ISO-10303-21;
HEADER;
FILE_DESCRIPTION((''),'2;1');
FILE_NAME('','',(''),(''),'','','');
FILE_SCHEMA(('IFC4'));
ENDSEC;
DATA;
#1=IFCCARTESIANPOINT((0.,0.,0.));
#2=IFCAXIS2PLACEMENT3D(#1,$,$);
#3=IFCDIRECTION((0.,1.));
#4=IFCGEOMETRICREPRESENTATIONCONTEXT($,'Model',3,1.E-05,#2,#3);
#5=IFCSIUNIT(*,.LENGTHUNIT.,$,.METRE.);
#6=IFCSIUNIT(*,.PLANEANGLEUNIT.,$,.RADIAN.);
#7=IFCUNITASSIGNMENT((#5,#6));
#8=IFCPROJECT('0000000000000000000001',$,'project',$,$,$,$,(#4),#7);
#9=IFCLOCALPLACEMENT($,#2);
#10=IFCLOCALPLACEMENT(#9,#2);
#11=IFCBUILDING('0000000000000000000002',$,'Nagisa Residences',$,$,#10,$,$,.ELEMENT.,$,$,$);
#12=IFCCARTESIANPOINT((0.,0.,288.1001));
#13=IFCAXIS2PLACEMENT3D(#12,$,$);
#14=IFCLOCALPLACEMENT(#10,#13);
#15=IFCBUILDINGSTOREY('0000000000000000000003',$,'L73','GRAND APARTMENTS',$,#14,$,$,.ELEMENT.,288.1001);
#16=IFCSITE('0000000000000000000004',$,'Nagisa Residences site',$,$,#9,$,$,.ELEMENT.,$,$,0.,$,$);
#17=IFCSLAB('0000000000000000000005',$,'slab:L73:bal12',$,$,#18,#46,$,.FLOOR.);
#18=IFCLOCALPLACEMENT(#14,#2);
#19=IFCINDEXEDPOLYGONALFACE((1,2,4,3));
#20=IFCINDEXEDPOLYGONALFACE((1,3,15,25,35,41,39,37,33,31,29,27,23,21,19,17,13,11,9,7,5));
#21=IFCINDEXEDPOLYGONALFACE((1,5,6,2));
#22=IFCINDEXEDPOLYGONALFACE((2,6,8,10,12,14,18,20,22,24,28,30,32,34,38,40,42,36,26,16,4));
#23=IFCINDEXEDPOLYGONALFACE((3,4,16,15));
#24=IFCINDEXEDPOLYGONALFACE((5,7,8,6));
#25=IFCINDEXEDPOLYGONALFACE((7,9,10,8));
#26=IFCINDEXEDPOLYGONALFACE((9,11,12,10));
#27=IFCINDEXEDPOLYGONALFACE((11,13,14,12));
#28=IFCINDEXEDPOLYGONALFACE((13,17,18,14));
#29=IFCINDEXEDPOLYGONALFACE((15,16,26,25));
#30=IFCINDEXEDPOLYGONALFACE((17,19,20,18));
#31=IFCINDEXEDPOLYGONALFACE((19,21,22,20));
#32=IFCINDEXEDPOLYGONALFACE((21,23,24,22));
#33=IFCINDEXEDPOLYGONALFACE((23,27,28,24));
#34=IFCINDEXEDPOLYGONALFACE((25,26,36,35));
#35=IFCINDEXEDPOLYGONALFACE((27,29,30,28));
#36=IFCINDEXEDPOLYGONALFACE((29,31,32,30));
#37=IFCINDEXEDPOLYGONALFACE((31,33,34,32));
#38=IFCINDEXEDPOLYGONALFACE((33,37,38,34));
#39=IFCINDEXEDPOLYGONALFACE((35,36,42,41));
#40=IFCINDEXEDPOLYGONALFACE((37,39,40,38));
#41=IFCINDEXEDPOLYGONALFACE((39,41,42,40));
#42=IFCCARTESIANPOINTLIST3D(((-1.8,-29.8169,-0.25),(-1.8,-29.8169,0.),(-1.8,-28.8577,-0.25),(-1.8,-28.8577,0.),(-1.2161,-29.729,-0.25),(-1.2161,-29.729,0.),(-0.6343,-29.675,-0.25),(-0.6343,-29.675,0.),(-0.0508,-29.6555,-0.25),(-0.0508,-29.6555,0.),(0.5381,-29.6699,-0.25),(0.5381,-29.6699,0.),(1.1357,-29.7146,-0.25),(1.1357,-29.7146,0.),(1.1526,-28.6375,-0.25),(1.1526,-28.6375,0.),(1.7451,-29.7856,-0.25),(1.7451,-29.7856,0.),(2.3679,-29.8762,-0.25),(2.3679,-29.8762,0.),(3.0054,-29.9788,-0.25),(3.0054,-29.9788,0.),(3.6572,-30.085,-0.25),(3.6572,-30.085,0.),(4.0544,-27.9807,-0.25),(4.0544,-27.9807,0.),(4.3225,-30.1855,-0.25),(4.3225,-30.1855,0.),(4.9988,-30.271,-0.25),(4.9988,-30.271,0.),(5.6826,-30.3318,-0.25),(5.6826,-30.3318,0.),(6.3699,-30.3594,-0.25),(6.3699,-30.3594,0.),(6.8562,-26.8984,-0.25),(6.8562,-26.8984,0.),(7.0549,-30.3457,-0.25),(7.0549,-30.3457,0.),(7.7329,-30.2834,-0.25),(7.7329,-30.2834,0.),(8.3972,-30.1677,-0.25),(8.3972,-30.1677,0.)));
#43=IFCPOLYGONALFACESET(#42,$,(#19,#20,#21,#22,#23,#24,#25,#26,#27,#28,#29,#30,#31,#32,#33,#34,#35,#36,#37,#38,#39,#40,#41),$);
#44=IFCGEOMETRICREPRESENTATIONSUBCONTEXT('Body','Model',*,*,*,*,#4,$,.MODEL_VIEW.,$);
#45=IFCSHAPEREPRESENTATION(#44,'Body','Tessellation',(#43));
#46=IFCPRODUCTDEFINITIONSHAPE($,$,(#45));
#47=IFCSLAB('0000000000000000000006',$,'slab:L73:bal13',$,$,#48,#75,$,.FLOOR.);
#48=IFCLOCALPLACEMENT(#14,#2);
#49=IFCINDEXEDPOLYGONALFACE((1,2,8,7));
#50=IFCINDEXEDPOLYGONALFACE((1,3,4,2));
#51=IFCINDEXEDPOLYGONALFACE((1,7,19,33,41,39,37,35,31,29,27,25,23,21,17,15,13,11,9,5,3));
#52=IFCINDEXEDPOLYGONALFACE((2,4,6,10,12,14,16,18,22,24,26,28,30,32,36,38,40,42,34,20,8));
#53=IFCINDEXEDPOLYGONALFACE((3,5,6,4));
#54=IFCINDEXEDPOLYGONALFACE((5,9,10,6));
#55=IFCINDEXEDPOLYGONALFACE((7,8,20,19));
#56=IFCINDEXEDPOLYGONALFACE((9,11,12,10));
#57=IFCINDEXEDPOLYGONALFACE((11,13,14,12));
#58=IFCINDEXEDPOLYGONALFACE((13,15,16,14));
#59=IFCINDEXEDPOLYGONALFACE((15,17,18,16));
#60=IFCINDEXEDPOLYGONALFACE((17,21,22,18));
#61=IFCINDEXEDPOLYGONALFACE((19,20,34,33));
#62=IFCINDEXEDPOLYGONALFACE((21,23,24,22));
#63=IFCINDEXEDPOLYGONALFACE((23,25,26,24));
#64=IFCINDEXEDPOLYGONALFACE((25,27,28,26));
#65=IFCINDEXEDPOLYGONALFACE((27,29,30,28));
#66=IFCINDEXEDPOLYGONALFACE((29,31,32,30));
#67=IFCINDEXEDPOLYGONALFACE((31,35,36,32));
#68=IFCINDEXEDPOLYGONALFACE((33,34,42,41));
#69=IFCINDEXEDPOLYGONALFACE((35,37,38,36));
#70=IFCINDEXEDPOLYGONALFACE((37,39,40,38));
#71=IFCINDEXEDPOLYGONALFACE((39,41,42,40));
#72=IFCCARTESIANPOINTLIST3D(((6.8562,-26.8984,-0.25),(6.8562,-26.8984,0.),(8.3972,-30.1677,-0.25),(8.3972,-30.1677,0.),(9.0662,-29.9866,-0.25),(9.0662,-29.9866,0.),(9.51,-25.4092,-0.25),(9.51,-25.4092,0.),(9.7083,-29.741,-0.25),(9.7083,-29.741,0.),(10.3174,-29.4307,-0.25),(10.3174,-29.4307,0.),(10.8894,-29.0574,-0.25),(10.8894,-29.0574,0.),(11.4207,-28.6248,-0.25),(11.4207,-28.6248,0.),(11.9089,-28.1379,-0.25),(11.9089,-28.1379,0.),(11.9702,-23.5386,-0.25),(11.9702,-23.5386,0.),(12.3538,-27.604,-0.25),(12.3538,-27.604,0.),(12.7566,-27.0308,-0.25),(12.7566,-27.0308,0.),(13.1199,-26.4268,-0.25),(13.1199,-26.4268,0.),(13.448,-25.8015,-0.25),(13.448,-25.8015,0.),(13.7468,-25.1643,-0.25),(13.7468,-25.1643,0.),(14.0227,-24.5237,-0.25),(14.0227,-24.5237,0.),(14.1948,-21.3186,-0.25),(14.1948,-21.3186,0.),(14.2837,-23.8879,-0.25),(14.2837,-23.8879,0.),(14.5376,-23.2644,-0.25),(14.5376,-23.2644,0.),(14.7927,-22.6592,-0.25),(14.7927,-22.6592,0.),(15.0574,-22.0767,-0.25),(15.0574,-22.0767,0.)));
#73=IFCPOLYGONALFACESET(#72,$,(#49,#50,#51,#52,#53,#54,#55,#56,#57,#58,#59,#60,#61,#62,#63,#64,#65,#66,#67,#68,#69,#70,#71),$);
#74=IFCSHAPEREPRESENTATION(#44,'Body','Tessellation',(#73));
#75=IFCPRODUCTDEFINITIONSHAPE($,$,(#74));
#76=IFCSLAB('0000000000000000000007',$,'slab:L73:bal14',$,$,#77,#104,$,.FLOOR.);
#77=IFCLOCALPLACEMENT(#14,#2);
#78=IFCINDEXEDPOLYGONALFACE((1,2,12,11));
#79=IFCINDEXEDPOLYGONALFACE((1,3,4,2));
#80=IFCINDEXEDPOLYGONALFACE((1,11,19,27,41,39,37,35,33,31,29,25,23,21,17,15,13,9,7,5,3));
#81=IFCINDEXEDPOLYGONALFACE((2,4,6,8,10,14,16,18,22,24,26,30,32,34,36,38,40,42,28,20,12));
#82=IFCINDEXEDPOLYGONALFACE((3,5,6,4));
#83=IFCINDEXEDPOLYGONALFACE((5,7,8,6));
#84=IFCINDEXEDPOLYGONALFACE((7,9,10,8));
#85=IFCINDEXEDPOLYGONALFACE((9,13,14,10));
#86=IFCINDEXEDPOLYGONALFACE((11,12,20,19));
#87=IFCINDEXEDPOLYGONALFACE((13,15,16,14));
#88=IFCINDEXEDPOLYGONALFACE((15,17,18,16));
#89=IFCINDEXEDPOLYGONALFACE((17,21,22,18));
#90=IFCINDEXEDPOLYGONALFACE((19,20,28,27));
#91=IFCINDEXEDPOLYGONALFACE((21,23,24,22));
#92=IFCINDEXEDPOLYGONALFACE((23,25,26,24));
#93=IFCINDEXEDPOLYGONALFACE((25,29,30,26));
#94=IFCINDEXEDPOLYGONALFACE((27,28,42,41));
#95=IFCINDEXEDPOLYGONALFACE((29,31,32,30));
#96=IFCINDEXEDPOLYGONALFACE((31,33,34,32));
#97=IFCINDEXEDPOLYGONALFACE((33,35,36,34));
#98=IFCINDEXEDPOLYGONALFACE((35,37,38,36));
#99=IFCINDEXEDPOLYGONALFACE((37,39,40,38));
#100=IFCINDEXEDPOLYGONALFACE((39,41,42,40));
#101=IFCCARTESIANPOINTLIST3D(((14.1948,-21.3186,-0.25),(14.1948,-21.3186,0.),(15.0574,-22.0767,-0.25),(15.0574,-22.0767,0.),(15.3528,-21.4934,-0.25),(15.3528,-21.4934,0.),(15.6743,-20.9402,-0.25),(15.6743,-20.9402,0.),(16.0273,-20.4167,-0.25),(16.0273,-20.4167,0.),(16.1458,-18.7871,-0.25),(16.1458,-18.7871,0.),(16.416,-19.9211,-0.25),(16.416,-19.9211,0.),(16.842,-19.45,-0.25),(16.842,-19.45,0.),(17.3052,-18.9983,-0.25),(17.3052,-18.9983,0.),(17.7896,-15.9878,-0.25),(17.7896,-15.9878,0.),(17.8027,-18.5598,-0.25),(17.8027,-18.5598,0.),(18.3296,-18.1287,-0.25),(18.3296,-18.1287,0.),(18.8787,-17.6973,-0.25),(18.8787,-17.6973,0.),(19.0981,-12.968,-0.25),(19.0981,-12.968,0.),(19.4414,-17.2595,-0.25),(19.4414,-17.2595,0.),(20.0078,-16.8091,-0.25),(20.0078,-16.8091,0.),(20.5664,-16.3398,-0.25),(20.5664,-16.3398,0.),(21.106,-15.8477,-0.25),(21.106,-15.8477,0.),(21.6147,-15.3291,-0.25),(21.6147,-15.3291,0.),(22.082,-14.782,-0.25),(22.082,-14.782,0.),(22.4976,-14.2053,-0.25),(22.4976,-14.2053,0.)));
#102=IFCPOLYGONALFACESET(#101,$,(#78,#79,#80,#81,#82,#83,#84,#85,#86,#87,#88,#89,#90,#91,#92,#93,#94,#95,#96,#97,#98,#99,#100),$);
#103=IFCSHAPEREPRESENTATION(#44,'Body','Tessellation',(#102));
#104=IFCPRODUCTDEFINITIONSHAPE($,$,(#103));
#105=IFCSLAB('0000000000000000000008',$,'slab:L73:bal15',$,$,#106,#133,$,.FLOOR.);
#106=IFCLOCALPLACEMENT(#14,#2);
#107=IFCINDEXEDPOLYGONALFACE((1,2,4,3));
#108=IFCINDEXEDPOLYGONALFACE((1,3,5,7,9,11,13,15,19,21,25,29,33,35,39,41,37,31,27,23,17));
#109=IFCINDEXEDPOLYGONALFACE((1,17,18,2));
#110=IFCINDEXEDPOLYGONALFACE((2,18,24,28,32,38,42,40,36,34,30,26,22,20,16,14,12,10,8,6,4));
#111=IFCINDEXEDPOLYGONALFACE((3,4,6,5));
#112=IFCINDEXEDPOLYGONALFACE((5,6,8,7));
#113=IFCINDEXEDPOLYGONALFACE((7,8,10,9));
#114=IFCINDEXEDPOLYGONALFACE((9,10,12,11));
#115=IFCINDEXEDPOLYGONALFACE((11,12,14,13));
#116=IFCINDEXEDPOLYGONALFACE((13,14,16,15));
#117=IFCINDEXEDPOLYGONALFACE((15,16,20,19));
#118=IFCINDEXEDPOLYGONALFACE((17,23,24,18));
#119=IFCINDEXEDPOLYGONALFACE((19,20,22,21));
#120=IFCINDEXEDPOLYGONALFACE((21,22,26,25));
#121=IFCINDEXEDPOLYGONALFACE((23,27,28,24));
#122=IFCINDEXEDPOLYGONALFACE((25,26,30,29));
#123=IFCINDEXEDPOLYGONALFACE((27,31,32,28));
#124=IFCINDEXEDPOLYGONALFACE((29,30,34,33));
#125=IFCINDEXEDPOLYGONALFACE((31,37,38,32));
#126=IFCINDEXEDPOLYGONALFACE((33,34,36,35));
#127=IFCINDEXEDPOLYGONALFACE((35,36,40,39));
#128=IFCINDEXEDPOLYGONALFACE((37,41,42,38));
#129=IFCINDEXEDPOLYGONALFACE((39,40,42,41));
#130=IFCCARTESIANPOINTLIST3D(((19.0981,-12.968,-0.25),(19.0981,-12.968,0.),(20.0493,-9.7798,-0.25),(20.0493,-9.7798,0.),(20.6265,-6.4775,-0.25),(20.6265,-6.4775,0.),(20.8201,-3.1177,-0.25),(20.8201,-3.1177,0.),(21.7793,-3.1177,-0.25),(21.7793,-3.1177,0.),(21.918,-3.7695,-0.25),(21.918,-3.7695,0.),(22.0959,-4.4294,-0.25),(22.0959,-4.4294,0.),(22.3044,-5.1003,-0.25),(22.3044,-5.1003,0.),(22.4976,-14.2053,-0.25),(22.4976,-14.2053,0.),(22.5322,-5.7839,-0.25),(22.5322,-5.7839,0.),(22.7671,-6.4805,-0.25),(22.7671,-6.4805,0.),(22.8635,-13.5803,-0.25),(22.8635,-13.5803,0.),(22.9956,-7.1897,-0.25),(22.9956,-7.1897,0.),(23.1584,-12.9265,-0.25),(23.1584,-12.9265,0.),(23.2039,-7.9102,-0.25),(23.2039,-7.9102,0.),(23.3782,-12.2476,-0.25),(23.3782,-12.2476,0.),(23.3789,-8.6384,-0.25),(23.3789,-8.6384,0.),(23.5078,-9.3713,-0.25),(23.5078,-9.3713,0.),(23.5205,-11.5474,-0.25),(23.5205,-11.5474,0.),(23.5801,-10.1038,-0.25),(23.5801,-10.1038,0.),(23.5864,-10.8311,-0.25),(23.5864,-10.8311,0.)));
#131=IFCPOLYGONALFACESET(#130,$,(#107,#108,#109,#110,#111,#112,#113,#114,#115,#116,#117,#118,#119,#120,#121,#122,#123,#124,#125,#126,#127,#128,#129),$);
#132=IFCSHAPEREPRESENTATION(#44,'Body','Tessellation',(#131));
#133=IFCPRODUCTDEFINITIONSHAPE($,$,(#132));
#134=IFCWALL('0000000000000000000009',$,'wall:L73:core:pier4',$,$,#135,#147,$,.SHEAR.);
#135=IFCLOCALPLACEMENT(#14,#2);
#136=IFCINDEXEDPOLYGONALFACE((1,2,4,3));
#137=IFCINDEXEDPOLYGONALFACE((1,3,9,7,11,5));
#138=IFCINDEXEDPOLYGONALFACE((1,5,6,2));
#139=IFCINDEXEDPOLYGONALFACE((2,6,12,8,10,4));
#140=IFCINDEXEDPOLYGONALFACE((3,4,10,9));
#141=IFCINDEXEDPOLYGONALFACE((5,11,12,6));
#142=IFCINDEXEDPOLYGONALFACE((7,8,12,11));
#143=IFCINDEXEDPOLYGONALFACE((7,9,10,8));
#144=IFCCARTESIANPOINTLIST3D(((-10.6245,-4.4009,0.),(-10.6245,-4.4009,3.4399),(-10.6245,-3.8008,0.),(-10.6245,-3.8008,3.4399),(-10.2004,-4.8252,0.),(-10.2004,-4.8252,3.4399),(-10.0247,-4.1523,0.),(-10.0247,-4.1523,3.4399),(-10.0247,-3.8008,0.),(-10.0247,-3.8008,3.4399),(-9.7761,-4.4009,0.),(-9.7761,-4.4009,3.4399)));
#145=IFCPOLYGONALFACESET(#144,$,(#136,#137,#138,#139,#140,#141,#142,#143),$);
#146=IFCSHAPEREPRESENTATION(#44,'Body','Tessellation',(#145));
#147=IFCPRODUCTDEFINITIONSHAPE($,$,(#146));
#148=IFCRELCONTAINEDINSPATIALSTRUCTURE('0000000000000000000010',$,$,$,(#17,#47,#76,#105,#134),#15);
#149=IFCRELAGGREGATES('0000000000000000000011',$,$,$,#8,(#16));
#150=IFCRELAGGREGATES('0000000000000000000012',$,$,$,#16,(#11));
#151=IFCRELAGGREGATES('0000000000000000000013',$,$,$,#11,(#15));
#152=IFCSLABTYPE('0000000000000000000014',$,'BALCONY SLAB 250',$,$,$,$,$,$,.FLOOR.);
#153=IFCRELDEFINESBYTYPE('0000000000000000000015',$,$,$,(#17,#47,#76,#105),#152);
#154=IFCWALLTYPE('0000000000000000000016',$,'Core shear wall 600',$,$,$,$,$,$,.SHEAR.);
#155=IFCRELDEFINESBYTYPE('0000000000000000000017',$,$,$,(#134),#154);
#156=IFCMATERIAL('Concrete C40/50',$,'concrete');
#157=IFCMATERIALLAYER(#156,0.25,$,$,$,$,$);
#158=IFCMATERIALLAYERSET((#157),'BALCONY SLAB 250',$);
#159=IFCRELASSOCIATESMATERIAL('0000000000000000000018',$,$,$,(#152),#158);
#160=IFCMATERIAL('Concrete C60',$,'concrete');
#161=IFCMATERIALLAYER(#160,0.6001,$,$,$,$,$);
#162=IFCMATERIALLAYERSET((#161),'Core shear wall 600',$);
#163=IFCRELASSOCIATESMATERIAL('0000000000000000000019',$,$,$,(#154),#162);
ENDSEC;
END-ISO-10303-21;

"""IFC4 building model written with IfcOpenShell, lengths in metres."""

from ifc_helpers import new_model, si_unit, direction, frame, origin, place, context, subcontext, project, spatial, polyline, outline, extrude, material, layer, layer_set, type_object, element, save


model = new_model("IFC4")

# Units and contexts
model_context = context("Model", 3, precision=1e-05, world=origin(), true_north=direction((0.0, 1.0)))
body_context = subcontext(model_context, "Body", "Model", "MODEL_VIEW")
ifc_project = project(units=[si_unit("LENGTHUNIT", "METRE"), si_unit("PLANEANGLEUNIT", "RADIAN")], contexts=[model_context])

# Site, building, storey
site_placement = place(None, origin())
site = spatial("IfcSite", under=ifc_project, at=site_placement, Name="Nagisa Residences site", CompositionType="ELEMENT", RefElevation=0.0)
building_placement = place(site_placement, origin())
building = spatial("IfcBuilding", under=site, at=building_placement, Name="Nagisa Residences", CompositionType="ELEMENT")
storey_placement = place(building_placement, frame((0.0, 0.0, 288.1001)))
storey = spatial("IfcBuildingStorey", under=building, at=storey_placement, Name="L73", Description="GRAND APARTMENTS", CompositionType="ELEMENT", Elevation=288.1001)

# Slabs
ifc_material_1 = material(Name="Concrete C40/50", Category="concrete")
ifc_layer_1 = layer(ifc_material_1, 0.25)
ifc_layer_set_1 = layer_set([ifc_layer_1], Name="BALCONY SLAB 250")
slab_type = type_object("IfcSlabType", Name="BALCONY SLAB 250", PredefinedType="FLOOR", material=ifc_layer_set_1)
slab_1_placement = place(storey_placement, frame((0.0, 0.0, -0.25)))
element("IfcSlab", 1, at=slab_1_placement, inside=storey, type_object=slab_type, Name="slab:L73:bal12", PredefinedType="FLOOR", context=body_context, shape_type="SweptSolid", body=[
    extrude(outline(polyline([(-1.8, -29.8169), (-1.2161, -29.729), (-0.6343, -29.675), (-0.0508, -29.6555), (0.5381, -29.6699), (1.1357, -29.7146), (1.7451, -29.7856), (2.3679, -29.8762), (3.0054, -29.9788), (3.6572, -30.085), (4.3225, -30.1855), (4.9988, -30.271), (5.6826, -30.3318), (6.3699, -30.3594), (7.0549, -30.3457), (7.7329, -30.2834), (8.3972, -30.1677), (6.8562, -26.8984), (4.0544, -27.9807), (1.1526, -28.6375), (-1.8, -28.8577), (-1.8, -29.8169)])), origin(), (0.0, 0.0, 1.0), 0.25),
])
slab_2_placement = place(storey_placement, frame((0.0, 0.0, -0.25)))
element("IfcSlab", 2, at=slab_2_placement, inside=storey, type_object=slab_type, Name="slab:L73:bal13", PredefinedType="FLOOR", context=body_context, shape_type="SweptSolid", body=[
    extrude(outline(polyline([(8.3972, -30.1677), (9.0662, -29.9866), (9.7083, -29.741), (10.3174, -29.4307), (10.8894, -29.0574), (11.4207, -28.6248), (11.9089, -28.1379), (12.3538, -27.604), (12.7566, -27.0308), (13.1199, -26.4268), (13.448, -25.8015), (13.7468, -25.1643), (14.0227, -24.5237), (14.2837, -23.8879), (14.5376, -23.2644), (14.7927, -22.6592), (15.0574, -22.0767), (14.1948, -21.3186), (11.9702, -23.5386), (9.51, -25.4092), (6.8562, -26.8984), (8.3972, -30.1677)])), origin(), (0.0, 0.0, 1.0), 0.25),
])
slab_3_placement = place(storey_placement, frame((0.0, 0.0, -0.25)))
element("IfcSlab", 3, at=slab_3_placement, inside=storey, type_object=slab_type, Name="slab:L73:bal14", PredefinedType="FLOOR", context=body_context, shape_type="SweptSolid", body=[
    extrude(outline(polyline([(15.0574, -22.0767), (15.3528, -21.4934), (15.6743, -20.9402), (16.0273, -20.4167), (16.416, -19.9211), (16.842, -19.45), (17.3052, -18.9983), (17.8027, -18.5598), (18.3296, -18.1287), (18.8787, -17.6973), (19.4414, -17.2595), (20.0078, -16.8091), (20.5664, -16.3398), (21.106, -15.8477), (21.6147, -15.3291), (22.082, -14.782), (22.4976, -14.2053), (19.0981, -12.968), (17.7896, -15.9878), (16.1458, -18.7871), (14.1948, -21.3186), (15.0574, -22.0767)])), origin(), (0.0, 0.0, 1.0), 0.25),
])
slab_4_placement = place(storey_placement, frame((0.0, 0.0, -0.25)))
element("IfcSlab", 4, at=slab_4_placement, inside=storey, type_object=slab_type, Name="slab:L73:bal15", PredefinedType="FLOOR", context=body_context, shape_type="SweptSolid", body=[
    extrude(outline(polyline([(22.4976, -14.2053), (22.8635, -13.5803), (23.1584, -12.9265), (23.3782, -12.2476), (23.5205, -11.5474), (23.5864, -10.8311), (23.5801, -10.1038), (23.5078, -9.3713), (23.3789, -8.6384), (23.2039, -7.9102), (22.9956, -7.1897), (22.7671, -6.4805), (22.5322, -5.7839), (22.3044, -5.1003), (22.0959, -4.4294), (21.918, -3.7695), (21.7793, -3.1177), (20.8201, -3.1177), (20.6265, -6.4775), (20.0493, -9.7798), (19.0981, -12.968), (22.4976, -14.2053)])), origin(), (0.0, 0.0, 1.0), 0.25),
])

# Wall
ifc_material_2 = material(Name="Concrete C60", Category="concrete")
ifc_layer_2 = layer(ifc_material_2, 0.6001)
ifc_layer_set_2 = layer_set([ifc_layer_2], Name="Core shear wall 600")
wall_type_1 = type_object("IfcWallType", Name="Core shear wall 600", PredefinedType="SHEAR", material=ifc_layer_set_2)
wall_1_placement = place(storey_placement, origin())
element("IfcWall", 5, at=wall_1_placement, inside=storey, type_object=wall_type_1, Name="wall:L73:core:pier4", PredefinedType="SHEAR", context=body_context, shape_type="SweptSolid", body=[
    extrude(outline(polyline([(-10.6245, -3.8008), (-10.0247, -3.8008), (-10.0247, -4.1523), (-9.7761, -4.4009), (-10.2004, -4.8252), (-10.6245, -4.4009), (-10.6245, -3.8008)])), origin(), (0.0, 0.0, 1.0), 3.4399),
])

save(model, "model.ifc")
